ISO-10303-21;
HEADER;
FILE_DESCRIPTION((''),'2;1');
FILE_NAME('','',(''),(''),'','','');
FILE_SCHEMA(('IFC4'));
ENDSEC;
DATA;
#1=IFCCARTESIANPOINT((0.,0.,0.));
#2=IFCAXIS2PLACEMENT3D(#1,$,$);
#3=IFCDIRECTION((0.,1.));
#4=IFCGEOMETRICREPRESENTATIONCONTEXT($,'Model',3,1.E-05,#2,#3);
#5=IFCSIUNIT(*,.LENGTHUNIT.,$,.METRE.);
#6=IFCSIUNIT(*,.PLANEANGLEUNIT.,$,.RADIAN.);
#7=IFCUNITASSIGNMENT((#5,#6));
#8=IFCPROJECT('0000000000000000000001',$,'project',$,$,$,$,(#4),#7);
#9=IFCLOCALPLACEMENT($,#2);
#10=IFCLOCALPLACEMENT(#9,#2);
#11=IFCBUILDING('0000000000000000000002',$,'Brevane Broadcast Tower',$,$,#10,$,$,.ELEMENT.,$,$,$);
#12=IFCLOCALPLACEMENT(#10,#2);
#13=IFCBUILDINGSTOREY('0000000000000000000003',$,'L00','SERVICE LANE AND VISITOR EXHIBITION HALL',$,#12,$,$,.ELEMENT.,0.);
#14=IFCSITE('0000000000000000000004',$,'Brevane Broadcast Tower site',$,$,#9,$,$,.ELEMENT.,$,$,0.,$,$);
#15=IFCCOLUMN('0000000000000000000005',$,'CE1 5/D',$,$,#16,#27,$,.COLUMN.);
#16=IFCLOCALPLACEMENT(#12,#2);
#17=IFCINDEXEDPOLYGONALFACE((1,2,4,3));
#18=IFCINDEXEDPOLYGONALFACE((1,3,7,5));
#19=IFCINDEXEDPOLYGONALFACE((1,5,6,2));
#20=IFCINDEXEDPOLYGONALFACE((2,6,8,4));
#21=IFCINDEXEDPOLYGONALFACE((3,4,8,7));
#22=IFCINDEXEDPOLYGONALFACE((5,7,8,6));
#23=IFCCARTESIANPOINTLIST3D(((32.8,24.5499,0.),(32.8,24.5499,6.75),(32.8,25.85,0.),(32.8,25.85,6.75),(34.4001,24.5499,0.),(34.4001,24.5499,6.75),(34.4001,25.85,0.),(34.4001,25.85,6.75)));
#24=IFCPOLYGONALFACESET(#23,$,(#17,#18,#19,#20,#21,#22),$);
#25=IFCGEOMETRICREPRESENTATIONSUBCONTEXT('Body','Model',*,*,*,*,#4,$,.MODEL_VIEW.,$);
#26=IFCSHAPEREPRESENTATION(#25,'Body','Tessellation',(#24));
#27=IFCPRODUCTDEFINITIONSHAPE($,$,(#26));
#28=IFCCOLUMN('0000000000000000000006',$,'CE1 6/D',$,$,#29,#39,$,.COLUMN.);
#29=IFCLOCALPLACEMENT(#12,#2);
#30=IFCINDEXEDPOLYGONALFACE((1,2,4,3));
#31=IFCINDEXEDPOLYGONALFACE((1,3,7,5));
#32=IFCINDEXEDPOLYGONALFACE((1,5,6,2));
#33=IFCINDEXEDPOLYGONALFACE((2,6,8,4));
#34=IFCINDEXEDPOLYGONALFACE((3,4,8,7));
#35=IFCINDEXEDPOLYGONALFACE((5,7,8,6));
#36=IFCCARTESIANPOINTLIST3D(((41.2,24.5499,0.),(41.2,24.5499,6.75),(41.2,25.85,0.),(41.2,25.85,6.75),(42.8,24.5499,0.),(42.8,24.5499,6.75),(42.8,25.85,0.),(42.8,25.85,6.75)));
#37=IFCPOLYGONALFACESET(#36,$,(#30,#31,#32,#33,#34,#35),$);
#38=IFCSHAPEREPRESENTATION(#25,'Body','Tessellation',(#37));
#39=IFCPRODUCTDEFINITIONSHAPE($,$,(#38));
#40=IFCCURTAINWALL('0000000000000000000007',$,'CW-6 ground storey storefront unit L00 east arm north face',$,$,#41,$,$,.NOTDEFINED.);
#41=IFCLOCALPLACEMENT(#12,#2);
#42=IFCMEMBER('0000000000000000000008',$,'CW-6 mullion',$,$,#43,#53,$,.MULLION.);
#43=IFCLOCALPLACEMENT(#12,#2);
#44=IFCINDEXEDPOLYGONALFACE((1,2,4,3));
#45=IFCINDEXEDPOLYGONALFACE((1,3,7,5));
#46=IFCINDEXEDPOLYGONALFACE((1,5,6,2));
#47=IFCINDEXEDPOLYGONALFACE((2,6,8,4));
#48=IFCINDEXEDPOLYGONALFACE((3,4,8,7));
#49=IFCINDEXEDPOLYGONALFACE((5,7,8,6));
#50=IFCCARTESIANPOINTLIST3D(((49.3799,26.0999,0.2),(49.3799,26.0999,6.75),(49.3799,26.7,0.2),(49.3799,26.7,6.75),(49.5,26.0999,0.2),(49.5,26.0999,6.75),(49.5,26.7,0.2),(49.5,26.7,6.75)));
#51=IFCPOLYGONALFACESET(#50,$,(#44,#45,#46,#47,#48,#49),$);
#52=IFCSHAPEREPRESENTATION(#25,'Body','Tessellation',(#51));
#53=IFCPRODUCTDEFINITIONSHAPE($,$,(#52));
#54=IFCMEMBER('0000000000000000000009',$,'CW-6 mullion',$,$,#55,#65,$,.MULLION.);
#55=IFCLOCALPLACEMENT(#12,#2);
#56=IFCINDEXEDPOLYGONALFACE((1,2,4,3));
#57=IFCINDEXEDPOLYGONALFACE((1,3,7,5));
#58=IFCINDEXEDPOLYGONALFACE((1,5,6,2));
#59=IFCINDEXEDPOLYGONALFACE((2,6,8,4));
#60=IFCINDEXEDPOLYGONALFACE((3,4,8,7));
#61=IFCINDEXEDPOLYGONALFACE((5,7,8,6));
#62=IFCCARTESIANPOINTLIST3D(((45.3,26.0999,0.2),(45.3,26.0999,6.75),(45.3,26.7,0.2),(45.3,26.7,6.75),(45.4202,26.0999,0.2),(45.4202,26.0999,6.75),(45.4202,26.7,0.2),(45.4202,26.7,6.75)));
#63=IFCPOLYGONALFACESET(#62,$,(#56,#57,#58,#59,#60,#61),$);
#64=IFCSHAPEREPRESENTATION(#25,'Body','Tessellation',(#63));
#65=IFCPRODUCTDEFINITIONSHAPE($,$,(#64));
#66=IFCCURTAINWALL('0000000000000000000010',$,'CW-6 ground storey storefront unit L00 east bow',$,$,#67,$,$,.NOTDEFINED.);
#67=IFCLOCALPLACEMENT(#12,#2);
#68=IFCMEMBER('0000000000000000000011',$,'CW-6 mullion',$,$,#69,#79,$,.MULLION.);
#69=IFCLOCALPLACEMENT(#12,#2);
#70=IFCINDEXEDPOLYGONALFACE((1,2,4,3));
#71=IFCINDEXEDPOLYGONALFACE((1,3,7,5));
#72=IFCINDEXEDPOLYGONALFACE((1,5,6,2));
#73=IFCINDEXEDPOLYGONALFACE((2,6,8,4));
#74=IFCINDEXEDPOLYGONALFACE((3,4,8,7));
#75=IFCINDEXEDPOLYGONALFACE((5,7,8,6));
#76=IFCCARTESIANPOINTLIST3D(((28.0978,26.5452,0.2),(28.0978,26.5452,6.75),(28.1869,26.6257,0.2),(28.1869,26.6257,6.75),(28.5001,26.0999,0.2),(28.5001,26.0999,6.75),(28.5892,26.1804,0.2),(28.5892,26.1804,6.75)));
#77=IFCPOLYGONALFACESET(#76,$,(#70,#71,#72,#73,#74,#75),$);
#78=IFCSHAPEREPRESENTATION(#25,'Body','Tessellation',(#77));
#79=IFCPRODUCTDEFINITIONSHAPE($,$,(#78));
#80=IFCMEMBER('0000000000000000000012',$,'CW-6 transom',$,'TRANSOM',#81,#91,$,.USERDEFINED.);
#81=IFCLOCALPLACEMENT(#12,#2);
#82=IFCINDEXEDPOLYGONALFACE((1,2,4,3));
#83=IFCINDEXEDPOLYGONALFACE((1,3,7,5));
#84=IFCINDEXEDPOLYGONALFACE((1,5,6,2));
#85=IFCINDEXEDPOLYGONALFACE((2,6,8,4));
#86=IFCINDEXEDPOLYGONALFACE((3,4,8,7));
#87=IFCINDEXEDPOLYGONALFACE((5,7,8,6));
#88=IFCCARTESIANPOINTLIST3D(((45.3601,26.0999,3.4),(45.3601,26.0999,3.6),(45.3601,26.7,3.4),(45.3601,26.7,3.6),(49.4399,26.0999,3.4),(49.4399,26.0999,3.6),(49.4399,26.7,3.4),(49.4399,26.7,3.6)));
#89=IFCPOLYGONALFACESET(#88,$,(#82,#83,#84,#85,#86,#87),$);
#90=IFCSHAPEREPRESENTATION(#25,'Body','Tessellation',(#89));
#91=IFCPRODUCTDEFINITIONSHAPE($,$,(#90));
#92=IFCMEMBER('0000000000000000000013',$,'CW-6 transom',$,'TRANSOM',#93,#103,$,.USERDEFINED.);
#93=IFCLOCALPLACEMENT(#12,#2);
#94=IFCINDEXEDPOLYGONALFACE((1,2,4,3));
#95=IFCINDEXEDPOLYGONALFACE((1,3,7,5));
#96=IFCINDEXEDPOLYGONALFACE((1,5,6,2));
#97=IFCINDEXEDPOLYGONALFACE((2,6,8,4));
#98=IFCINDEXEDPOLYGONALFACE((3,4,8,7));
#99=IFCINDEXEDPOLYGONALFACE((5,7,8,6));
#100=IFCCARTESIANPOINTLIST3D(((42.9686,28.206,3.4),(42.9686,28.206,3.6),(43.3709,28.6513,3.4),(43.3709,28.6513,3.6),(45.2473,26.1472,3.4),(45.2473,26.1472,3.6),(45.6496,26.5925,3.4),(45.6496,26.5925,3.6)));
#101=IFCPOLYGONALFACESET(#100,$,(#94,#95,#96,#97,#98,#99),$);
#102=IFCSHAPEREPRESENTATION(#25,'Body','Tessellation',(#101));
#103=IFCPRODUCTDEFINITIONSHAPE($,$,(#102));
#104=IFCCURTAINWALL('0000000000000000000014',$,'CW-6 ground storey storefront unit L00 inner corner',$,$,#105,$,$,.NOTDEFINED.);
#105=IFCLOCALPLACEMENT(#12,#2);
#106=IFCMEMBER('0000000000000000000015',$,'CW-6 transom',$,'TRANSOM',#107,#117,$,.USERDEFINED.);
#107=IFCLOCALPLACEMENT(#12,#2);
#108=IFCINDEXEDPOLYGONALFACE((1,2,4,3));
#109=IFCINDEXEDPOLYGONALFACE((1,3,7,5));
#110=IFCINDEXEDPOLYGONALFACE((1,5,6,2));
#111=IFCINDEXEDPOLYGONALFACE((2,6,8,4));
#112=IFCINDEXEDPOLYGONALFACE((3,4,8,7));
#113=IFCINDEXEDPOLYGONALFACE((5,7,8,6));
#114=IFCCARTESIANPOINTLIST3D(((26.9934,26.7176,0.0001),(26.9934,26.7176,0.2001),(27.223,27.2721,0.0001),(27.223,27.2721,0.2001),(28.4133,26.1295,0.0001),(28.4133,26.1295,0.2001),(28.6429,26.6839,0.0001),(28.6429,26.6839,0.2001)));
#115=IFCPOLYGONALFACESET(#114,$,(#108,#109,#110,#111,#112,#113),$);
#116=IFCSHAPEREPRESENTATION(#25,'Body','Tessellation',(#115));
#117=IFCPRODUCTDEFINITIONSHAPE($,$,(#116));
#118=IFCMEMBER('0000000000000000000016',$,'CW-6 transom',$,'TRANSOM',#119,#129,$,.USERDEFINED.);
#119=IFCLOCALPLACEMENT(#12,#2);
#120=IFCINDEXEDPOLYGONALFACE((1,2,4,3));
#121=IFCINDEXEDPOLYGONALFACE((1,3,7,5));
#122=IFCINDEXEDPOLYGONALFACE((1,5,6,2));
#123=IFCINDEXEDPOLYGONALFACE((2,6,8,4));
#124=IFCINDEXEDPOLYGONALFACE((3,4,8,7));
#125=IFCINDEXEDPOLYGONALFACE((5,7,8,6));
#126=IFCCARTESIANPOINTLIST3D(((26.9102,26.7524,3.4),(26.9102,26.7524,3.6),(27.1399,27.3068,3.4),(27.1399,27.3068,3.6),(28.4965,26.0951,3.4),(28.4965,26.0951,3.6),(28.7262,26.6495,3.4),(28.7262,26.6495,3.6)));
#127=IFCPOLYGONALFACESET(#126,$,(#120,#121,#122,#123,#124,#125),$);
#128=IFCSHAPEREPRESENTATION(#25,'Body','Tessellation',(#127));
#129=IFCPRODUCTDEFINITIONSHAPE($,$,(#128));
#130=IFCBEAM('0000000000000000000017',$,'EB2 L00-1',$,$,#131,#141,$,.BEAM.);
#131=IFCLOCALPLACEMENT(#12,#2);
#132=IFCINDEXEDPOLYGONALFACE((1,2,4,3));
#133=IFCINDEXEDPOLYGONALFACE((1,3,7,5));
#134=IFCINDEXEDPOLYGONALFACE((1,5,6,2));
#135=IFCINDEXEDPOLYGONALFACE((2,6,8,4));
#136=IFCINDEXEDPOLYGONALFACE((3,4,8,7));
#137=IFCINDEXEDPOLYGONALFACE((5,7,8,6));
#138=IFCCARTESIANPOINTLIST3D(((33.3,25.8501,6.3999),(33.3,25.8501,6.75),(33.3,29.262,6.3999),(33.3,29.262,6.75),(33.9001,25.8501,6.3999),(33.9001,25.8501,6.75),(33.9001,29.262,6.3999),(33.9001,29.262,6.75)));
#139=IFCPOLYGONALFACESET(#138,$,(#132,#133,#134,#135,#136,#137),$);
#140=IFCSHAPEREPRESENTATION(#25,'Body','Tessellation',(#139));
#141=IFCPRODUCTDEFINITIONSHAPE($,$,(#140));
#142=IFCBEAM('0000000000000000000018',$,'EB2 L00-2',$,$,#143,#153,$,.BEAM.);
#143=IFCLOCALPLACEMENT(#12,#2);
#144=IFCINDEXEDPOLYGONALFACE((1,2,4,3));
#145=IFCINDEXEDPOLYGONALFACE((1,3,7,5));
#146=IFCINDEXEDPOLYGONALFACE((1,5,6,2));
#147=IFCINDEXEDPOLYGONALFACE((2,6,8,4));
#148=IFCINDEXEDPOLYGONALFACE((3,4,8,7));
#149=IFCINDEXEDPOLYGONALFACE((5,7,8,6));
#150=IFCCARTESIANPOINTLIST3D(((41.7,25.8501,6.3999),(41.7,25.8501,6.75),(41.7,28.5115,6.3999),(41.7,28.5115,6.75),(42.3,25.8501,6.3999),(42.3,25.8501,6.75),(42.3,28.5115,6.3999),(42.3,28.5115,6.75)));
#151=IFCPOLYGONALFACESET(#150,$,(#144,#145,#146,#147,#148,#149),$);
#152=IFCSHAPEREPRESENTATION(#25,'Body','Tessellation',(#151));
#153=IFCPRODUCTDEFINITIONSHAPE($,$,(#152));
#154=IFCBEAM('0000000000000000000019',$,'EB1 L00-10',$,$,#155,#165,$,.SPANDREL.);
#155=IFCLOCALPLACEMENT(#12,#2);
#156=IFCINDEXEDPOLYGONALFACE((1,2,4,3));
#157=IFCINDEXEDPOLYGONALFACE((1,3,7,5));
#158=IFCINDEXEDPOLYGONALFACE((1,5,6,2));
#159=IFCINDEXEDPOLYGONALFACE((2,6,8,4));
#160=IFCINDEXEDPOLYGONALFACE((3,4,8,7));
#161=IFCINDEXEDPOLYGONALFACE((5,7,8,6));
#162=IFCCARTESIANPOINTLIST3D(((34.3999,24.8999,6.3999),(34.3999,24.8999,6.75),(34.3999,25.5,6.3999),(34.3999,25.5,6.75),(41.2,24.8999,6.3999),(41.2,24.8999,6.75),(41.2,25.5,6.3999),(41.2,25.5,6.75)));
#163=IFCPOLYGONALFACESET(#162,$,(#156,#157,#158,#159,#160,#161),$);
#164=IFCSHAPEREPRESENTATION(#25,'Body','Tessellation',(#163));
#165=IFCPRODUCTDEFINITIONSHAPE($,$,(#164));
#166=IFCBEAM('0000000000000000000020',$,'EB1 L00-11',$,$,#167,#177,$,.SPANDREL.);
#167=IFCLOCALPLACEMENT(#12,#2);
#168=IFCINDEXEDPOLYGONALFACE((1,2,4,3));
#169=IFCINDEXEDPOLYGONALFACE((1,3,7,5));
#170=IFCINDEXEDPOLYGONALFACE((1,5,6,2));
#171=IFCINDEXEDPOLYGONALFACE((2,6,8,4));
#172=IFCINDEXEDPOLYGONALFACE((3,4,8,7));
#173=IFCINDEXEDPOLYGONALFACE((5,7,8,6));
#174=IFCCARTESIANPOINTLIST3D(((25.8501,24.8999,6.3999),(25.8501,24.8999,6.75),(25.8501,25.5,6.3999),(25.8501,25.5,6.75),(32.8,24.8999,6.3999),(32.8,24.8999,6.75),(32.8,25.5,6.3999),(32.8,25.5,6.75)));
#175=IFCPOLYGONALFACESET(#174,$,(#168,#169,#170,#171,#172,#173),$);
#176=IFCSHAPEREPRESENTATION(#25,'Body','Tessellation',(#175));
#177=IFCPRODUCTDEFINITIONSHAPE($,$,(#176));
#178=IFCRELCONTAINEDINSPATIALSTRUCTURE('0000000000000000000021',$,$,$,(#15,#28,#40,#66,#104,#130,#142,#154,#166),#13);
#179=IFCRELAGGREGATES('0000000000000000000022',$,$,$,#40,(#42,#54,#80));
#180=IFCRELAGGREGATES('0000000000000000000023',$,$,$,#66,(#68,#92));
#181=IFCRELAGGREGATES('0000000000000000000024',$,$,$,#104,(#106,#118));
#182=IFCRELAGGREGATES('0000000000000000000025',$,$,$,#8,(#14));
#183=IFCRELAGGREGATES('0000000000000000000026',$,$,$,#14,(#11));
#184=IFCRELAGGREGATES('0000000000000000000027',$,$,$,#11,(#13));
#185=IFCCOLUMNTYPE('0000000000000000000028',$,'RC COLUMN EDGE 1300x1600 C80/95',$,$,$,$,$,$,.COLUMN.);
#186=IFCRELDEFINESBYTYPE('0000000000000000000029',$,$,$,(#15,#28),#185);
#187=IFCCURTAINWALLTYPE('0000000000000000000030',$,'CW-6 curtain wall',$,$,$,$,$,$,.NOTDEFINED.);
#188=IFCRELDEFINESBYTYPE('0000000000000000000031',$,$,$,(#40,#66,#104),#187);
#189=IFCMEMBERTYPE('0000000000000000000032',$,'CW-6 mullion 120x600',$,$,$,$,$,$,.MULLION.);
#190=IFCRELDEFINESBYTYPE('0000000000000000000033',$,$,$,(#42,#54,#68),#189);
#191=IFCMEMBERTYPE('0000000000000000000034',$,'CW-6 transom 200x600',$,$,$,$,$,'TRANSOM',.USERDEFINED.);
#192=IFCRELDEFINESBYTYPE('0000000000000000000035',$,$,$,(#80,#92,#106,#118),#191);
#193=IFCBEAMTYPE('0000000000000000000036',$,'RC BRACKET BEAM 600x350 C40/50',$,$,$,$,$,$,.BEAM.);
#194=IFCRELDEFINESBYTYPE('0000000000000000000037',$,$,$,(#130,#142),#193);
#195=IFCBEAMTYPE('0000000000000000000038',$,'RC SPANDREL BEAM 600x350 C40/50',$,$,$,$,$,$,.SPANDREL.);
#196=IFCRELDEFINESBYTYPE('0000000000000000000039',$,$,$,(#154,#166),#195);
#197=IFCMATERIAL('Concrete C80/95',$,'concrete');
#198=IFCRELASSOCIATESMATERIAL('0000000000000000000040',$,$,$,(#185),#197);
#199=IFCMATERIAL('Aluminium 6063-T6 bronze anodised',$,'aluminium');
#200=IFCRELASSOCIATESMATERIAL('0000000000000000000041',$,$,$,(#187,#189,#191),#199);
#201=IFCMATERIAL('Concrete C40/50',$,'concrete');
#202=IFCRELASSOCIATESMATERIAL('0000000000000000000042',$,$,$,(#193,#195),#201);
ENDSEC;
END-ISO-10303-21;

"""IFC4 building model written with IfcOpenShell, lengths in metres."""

from ifc_helpers import new_model, si_unit, direction, frame, origin, origin_2d, place, context, subcontext, project, spatial, rectangle, extrude, material, material_profile, profile_set, type_object, element, aggregate, save


model = new_model("IFC4")

# Units and contexts
model_context = context("Model", 3, precision=1e-05, world=origin(), true_north=direction((0.0, 1.0)))
body_context = subcontext(model_context, "Body", "Model", "MODEL_VIEW")
ifc_project = project(units=[si_unit("LENGTHUNIT", "METRE"), si_unit("PLANEANGLEUNIT", "RADIAN")], contexts=[model_context])

# Site, building, storey
site_placement = place(None, origin())
site = spatial("IfcSite", under=ifc_project, at=site_placement, Name="Brevane Broadcast Tower site", CompositionType="ELEMENT", RefElevation=0.0)
building_placement = place(site_placement, origin())
building = spatial("IfcBuilding", under=site, at=building_placement, Name="Brevane Broadcast Tower", CompositionType="ELEMENT")
storey_placement = place(building_placement, origin())
storey = spatial("IfcBuildingStorey", under=building, at=storey_placement, Name="L00", Description="SERVICE LANE AND VISITOR EXHIBITION HALL", CompositionType="ELEMENT", Elevation=0.0)

# Columns
ifc_material_1 = material(Name="Concrete C80/95", Category="concrete")
ifc_material_profile_1 = material_profile(ifc_material_1, rectangle(XDim=1.3, YDim=1.6001, at=origin_2d()), Name="RC 1300x1600")
ifc_profile_set_1 = profile_set([ifc_material_profile_1], Name="Concrete C80/95")
column_type = type_object("IfcColumnType", Name="RC COLUMN EDGE 1300x1600 C80/95", PredefinedType="COLUMN", material=ifc_profile_set_1)
for number, where, z_axis, x_axis, name in (
    (1, (33.6001, 25.2, 0.0), (0.0, 0.0, 1.0), (0.0, 1.0, 0.0), "CE1 5/D"),
    (2, (42.0, 25.2, 0.0), (0.0, 0.0, 1.0), (0.0, 1.0, 0.0), "CE1 6/D"),
):
    element("IfcColumn", number, at=place(storey_placement, frame(where, z_axis=z_axis, x_axis=x_axis)), inside=storey, type_object=column_type, Name=name, PredefinedType="COLUMN", context=body_context, shape_type="SweptSolid", body=[
        extrude(rectangle(XDim=1.3, YDim=1.6001, at=origin_2d()), origin(), (0.0, 0.0, 1.0), 6.75),
    ])

# Curtain wall, members
ifc_material_2 = material(Name="Aluminium 6063-T6 bronze anodised", Category="aluminium")
curtain_wall_type = type_object("IfcCurtainWallType", Name="CW-6 curtain wall", PredefinedType="NOTDEFINED", material=ifc_material_2)
curtain_wall_1_placement = place(storey_placement, origin())
curtain_wall_1 = element("IfcCurtainWall", 3, at=curtain_wall_1_placement, inside=storey, type_object=curtain_wall_type, Name="CW-6 ground storey storefront unit L00 east arm north face", PredefinedType="NOTDEFINED")
ifc_material_profile_2 = material_profile(ifc_material_2, rectangle(XDim=0.6001, YDim=0.1201, at=origin_2d()), Name="RECT 120x600")
ifc_profile_set_2 = profile_set([ifc_material_profile_2], Name="Aluminium 6063-T6 bronze anodised")
member_type_1 = type_object("IfcMemberType", Name="CW-6 mullion 120x600", PredefinedType="MULLION", material=ifc_profile_set_2)
member_1_placement = place(storey_placement, frame((49.4399, 26.3999, 0.2), z_axis=(0.0, 0.0, 1.0), x_axis=(0.0, -1.0, 0.0)))
member_1 = element("IfcMember", 4, at=member_1_placement, type_object=member_type_1, Name="CW-6 mullion", PredefinedType="MULLION", context=body_context, shape_type="SweptSolid", body=[
    extrude(rectangle(XDim=0.6001, YDim=0.1201, at=origin_2d()), origin(), (0.0, 0.0, 1.0), 6.55),
])
member_2_placement = place(storey_placement, frame((45.3601, 26.3999, 0.2), z_axis=(0.0, 0.0, 1.0), x_axis=(0.0, -1.0, 0.0)))
member_2 = element("IfcMember", 5, at=member_2_placement, type_object=member_type_1, Name="CW-6 mullion", PredefinedType="MULLION", context=body_context, shape_type="SweptSolid", body=[
    extrude(rectangle(XDim=0.6001, YDim=0.1201, at=origin_2d()), origin(), (0.0, 0.0, 1.0), 6.55),
])

# Curtain wall, member
curtain_wall_2_placement = place(storey_placement, origin())
curtain_wall_2 = element("IfcCurtainWall", 6, at=curtain_wall_2_placement, inside=storey, type_object=curtain_wall_type, Name="CW-6 ground storey storefront unit L00 east bow", PredefinedType="NOTDEFINED")
member_3_placement = place(storey_placement, frame((28.3435, 26.3628, 0.2), z_axis=(0.0, 0.0, 1.0), x_axis=(0.670369, -0.742028, 0.0)))
member_3 = element("IfcMember", 7, at=member_3_placement, type_object=member_type_1, Name="CW-6 mullion", PredefinedType="MULLION", context=body_context, shape_type="SweptSolid", body=[
    extrude(rectangle(XDim=0.6001, YDim=0.1201, at=origin_2d()), origin(), (0.0, 0.0, 1.0), 6.55),
])

# Members
ifc_material_profile_3 = material_profile(ifc_material_2, rectangle(XDim=0.6001, YDim=0.2, at=origin_2d()), Name="RECT 200x600")
ifc_profile_set_3 = profile_set([ifc_material_profile_3], Name="Aluminium 6063-T6 bronze anodised")
member_type_2 = type_object("IfcMemberType", Name="CW-6 transom 200x600", ElementType="TRANSOM", PredefinedType="USERDEFINED", material=ifc_profile_set_3)
member_4_placement = place(storey_placement, frame((49.4399, 26.3999, 3.5), z_axis=(-1.0, 0.0, 0.0), x_axis=(0.0, -1.0, 0.0)))
member_4 = element("IfcMember", 8, at=member_4_placement, type_object=member_type_2, Name="CW-6 transom", ObjectType="TRANSOM", PredefinedType="USERDEFINED", context=body_context, shape_type="SweptSolid", body=[
    extrude(rectangle(XDim=0.6001, YDim=0.2, at=origin_2d()), origin(), (0.0, 0.0, 1.0), 4.0798),
])
aggregate(curtain_wall_1, [member_1, member_2, member_4])
member_5_placement = place(storey_placement, frame((45.4485, 26.3699, 3.5), z_axis=(-0.742012, 0.670387, 0.0), x_axis=(-0.670387, -0.742012, 0.0)))
member_5 = element("IfcMember", 9, at=member_5_placement, type_object=member_type_2, Name="CW-6 transom", ObjectType="TRANSOM", PredefinedType="USERDEFINED", context=body_context, shape_type="SweptSolid", body=[
    extrude(rectangle(XDim=0.6001, YDim=0.2, at=origin_2d()), origin(), (0.0, 0.0, 1.0), 3.071),
])
aggregate(curtain_wall_2, [member_3, member_5])

# Curtain wall, members
curtain_wall_3_placement = place(storey_placement, origin())
curtain_wall_3 = element("IfcCurtainWall", 10, at=curtain_wall_3_placement, inside=storey, type_object=curtain_wall_type, Name="CW-6 ground storey storefront unit L00 inner corner", PredefinedType="NOTDEFINED")
member_6_placement = place(storey_placement, frame((28.5281, 26.4067, 0.1001), z_axis=(-0.923883, 0.382674, 0.0), x_axis=(-0.382674, -0.923883, 0.0)))
member_6 = element("IfcMember", 11, at=member_6_placement, type_object=member_type_2, Name="CW-6 transom", ObjectType="TRANSOM", PredefinedType="USERDEFINED", context=body_context, shape_type="SweptSolid", body=[
    extrude(rectangle(XDim=0.6001, YDim=0.2, at=origin_2d()), origin(), (0.0, 0.0, 1.0), 1.5369),
])
member_7_placement = place(storey_placement, frame((28.6113, 26.3723, 3.5), z_axis=(-0.923837, 0.382787, 0.0), x_axis=(-0.382787, -0.923837, 0.0)))
member_7 = element("IfcMember", 12, at=member_7_placement, type_object=member_type_2, Name="CW-6 transom", ObjectType="TRANSOM", PredefinedType="USERDEFINED", context=body_context, shape_type="SweptSolid", body=[
    extrude(rectangle(XDim=0.6001, YDim=0.2, at=origin_2d()), origin(), (0.0, 0.0, 1.0), 1.717),
])
aggregate(curtain_wall_3, [member_6, member_7])

# Beams
ifc_material_3 = material(Name="Concrete C40/50", Category="concrete")
ifc_material_profile_4 = material_profile(ifc_material_3, rectangle(XDim=0.6001, YDim=0.3501, at=origin_2d()), Name="RC 600x350")
ifc_profile_set_4 = profile_set([ifc_material_profile_4], Name="Concrete C40/50")
beam_type_1 = type_object("IfcBeamType", Name="RC BRACKET BEAM 600x350 C40/50", PredefinedType="BEAM", material=ifc_profile_set_4)
beam_1_placement = place(storey_placement, frame((33.6001, 25.8501, 6.575), z_axis=(0.0, 1.0, 0.0), x_axis=(-1.0, 0.0, 0.0)))
element("IfcBeam", 13, at=beam_1_placement, inside=storey, type_object=beam_type_1, Name="EB2 L00-1", PredefinedType="BEAM", context=body_context, shape_type="SweptSolid", body=[
    extrude(rectangle(XDim=0.6001, YDim=0.3501, at=origin_2d()), origin(), (0.0, 0.0, 1.0), 3.4119),
])
beam_2_placement = place(storey_placement, frame((42.0, 25.8501, 6.575), z_axis=(0.0, 1.0, 0.0), x_axis=(-1.0, 0.0, 0.0)))
element("IfcBeam", 14, at=beam_2_placement, inside=storey, type_object=beam_type_1, Name="EB2 L00-2", PredefinedType="BEAM", context=body_context, shape_type="SweptSolid", body=[
    extrude(rectangle(XDim=0.6001, YDim=0.3501, at=origin_2d()), origin(), (0.0, 0.0, 1.0), 2.6614),
])
ifc_material_profile_5 = material_profile(ifc_material_3, rectangle(XDim=0.6001, YDim=0.3501, at=origin_2d()), Name="RC 600x350")
ifc_profile_set_5 = profile_set([ifc_material_profile_5], Name="Concrete C40/50")
beam_type_2 = type_object("IfcBeamType", Name="RC SPANDREL BEAM 600x350 C40/50", PredefinedType="SPANDREL", material=ifc_profile_set_5)
beam_3_placement = place(storey_placement, frame((41.2, 25.2, 6.575), z_axis=(-1.0, 0.0, 0.0), x_axis=(0.0, -1.0, 0.0)))
element("IfcBeam", 15, at=beam_3_placement, inside=storey, type_object=beam_type_2, Name="EB1 L00-10", PredefinedType="SPANDREL", context=body_context, shape_type="SweptSolid", body=[
    extrude(rectangle(XDim=0.6001, YDim=0.3501, at=origin_2d()), origin(), (0.0, 0.0, 1.0), 6.8),
])
beam_4_placement = place(storey_placement, frame((32.8, 25.2, 6.575), z_axis=(-1.0, 0.0, 0.0), x_axis=(0.0, -1.0, 0.0)))
element("IfcBeam", 16, at=beam_4_placement, inside=storey, type_object=beam_type_2, Name="EB1 L00-11", PredefinedType="SPANDREL", context=body_context, shape_type="SweptSolid", body=[
    extrude(rectangle(XDim=0.6001, YDim=0.3501, at=origin_2d()), origin(), (0.0, 0.0, 1.0), 6.95),
])

save(model, "model.ifc")
